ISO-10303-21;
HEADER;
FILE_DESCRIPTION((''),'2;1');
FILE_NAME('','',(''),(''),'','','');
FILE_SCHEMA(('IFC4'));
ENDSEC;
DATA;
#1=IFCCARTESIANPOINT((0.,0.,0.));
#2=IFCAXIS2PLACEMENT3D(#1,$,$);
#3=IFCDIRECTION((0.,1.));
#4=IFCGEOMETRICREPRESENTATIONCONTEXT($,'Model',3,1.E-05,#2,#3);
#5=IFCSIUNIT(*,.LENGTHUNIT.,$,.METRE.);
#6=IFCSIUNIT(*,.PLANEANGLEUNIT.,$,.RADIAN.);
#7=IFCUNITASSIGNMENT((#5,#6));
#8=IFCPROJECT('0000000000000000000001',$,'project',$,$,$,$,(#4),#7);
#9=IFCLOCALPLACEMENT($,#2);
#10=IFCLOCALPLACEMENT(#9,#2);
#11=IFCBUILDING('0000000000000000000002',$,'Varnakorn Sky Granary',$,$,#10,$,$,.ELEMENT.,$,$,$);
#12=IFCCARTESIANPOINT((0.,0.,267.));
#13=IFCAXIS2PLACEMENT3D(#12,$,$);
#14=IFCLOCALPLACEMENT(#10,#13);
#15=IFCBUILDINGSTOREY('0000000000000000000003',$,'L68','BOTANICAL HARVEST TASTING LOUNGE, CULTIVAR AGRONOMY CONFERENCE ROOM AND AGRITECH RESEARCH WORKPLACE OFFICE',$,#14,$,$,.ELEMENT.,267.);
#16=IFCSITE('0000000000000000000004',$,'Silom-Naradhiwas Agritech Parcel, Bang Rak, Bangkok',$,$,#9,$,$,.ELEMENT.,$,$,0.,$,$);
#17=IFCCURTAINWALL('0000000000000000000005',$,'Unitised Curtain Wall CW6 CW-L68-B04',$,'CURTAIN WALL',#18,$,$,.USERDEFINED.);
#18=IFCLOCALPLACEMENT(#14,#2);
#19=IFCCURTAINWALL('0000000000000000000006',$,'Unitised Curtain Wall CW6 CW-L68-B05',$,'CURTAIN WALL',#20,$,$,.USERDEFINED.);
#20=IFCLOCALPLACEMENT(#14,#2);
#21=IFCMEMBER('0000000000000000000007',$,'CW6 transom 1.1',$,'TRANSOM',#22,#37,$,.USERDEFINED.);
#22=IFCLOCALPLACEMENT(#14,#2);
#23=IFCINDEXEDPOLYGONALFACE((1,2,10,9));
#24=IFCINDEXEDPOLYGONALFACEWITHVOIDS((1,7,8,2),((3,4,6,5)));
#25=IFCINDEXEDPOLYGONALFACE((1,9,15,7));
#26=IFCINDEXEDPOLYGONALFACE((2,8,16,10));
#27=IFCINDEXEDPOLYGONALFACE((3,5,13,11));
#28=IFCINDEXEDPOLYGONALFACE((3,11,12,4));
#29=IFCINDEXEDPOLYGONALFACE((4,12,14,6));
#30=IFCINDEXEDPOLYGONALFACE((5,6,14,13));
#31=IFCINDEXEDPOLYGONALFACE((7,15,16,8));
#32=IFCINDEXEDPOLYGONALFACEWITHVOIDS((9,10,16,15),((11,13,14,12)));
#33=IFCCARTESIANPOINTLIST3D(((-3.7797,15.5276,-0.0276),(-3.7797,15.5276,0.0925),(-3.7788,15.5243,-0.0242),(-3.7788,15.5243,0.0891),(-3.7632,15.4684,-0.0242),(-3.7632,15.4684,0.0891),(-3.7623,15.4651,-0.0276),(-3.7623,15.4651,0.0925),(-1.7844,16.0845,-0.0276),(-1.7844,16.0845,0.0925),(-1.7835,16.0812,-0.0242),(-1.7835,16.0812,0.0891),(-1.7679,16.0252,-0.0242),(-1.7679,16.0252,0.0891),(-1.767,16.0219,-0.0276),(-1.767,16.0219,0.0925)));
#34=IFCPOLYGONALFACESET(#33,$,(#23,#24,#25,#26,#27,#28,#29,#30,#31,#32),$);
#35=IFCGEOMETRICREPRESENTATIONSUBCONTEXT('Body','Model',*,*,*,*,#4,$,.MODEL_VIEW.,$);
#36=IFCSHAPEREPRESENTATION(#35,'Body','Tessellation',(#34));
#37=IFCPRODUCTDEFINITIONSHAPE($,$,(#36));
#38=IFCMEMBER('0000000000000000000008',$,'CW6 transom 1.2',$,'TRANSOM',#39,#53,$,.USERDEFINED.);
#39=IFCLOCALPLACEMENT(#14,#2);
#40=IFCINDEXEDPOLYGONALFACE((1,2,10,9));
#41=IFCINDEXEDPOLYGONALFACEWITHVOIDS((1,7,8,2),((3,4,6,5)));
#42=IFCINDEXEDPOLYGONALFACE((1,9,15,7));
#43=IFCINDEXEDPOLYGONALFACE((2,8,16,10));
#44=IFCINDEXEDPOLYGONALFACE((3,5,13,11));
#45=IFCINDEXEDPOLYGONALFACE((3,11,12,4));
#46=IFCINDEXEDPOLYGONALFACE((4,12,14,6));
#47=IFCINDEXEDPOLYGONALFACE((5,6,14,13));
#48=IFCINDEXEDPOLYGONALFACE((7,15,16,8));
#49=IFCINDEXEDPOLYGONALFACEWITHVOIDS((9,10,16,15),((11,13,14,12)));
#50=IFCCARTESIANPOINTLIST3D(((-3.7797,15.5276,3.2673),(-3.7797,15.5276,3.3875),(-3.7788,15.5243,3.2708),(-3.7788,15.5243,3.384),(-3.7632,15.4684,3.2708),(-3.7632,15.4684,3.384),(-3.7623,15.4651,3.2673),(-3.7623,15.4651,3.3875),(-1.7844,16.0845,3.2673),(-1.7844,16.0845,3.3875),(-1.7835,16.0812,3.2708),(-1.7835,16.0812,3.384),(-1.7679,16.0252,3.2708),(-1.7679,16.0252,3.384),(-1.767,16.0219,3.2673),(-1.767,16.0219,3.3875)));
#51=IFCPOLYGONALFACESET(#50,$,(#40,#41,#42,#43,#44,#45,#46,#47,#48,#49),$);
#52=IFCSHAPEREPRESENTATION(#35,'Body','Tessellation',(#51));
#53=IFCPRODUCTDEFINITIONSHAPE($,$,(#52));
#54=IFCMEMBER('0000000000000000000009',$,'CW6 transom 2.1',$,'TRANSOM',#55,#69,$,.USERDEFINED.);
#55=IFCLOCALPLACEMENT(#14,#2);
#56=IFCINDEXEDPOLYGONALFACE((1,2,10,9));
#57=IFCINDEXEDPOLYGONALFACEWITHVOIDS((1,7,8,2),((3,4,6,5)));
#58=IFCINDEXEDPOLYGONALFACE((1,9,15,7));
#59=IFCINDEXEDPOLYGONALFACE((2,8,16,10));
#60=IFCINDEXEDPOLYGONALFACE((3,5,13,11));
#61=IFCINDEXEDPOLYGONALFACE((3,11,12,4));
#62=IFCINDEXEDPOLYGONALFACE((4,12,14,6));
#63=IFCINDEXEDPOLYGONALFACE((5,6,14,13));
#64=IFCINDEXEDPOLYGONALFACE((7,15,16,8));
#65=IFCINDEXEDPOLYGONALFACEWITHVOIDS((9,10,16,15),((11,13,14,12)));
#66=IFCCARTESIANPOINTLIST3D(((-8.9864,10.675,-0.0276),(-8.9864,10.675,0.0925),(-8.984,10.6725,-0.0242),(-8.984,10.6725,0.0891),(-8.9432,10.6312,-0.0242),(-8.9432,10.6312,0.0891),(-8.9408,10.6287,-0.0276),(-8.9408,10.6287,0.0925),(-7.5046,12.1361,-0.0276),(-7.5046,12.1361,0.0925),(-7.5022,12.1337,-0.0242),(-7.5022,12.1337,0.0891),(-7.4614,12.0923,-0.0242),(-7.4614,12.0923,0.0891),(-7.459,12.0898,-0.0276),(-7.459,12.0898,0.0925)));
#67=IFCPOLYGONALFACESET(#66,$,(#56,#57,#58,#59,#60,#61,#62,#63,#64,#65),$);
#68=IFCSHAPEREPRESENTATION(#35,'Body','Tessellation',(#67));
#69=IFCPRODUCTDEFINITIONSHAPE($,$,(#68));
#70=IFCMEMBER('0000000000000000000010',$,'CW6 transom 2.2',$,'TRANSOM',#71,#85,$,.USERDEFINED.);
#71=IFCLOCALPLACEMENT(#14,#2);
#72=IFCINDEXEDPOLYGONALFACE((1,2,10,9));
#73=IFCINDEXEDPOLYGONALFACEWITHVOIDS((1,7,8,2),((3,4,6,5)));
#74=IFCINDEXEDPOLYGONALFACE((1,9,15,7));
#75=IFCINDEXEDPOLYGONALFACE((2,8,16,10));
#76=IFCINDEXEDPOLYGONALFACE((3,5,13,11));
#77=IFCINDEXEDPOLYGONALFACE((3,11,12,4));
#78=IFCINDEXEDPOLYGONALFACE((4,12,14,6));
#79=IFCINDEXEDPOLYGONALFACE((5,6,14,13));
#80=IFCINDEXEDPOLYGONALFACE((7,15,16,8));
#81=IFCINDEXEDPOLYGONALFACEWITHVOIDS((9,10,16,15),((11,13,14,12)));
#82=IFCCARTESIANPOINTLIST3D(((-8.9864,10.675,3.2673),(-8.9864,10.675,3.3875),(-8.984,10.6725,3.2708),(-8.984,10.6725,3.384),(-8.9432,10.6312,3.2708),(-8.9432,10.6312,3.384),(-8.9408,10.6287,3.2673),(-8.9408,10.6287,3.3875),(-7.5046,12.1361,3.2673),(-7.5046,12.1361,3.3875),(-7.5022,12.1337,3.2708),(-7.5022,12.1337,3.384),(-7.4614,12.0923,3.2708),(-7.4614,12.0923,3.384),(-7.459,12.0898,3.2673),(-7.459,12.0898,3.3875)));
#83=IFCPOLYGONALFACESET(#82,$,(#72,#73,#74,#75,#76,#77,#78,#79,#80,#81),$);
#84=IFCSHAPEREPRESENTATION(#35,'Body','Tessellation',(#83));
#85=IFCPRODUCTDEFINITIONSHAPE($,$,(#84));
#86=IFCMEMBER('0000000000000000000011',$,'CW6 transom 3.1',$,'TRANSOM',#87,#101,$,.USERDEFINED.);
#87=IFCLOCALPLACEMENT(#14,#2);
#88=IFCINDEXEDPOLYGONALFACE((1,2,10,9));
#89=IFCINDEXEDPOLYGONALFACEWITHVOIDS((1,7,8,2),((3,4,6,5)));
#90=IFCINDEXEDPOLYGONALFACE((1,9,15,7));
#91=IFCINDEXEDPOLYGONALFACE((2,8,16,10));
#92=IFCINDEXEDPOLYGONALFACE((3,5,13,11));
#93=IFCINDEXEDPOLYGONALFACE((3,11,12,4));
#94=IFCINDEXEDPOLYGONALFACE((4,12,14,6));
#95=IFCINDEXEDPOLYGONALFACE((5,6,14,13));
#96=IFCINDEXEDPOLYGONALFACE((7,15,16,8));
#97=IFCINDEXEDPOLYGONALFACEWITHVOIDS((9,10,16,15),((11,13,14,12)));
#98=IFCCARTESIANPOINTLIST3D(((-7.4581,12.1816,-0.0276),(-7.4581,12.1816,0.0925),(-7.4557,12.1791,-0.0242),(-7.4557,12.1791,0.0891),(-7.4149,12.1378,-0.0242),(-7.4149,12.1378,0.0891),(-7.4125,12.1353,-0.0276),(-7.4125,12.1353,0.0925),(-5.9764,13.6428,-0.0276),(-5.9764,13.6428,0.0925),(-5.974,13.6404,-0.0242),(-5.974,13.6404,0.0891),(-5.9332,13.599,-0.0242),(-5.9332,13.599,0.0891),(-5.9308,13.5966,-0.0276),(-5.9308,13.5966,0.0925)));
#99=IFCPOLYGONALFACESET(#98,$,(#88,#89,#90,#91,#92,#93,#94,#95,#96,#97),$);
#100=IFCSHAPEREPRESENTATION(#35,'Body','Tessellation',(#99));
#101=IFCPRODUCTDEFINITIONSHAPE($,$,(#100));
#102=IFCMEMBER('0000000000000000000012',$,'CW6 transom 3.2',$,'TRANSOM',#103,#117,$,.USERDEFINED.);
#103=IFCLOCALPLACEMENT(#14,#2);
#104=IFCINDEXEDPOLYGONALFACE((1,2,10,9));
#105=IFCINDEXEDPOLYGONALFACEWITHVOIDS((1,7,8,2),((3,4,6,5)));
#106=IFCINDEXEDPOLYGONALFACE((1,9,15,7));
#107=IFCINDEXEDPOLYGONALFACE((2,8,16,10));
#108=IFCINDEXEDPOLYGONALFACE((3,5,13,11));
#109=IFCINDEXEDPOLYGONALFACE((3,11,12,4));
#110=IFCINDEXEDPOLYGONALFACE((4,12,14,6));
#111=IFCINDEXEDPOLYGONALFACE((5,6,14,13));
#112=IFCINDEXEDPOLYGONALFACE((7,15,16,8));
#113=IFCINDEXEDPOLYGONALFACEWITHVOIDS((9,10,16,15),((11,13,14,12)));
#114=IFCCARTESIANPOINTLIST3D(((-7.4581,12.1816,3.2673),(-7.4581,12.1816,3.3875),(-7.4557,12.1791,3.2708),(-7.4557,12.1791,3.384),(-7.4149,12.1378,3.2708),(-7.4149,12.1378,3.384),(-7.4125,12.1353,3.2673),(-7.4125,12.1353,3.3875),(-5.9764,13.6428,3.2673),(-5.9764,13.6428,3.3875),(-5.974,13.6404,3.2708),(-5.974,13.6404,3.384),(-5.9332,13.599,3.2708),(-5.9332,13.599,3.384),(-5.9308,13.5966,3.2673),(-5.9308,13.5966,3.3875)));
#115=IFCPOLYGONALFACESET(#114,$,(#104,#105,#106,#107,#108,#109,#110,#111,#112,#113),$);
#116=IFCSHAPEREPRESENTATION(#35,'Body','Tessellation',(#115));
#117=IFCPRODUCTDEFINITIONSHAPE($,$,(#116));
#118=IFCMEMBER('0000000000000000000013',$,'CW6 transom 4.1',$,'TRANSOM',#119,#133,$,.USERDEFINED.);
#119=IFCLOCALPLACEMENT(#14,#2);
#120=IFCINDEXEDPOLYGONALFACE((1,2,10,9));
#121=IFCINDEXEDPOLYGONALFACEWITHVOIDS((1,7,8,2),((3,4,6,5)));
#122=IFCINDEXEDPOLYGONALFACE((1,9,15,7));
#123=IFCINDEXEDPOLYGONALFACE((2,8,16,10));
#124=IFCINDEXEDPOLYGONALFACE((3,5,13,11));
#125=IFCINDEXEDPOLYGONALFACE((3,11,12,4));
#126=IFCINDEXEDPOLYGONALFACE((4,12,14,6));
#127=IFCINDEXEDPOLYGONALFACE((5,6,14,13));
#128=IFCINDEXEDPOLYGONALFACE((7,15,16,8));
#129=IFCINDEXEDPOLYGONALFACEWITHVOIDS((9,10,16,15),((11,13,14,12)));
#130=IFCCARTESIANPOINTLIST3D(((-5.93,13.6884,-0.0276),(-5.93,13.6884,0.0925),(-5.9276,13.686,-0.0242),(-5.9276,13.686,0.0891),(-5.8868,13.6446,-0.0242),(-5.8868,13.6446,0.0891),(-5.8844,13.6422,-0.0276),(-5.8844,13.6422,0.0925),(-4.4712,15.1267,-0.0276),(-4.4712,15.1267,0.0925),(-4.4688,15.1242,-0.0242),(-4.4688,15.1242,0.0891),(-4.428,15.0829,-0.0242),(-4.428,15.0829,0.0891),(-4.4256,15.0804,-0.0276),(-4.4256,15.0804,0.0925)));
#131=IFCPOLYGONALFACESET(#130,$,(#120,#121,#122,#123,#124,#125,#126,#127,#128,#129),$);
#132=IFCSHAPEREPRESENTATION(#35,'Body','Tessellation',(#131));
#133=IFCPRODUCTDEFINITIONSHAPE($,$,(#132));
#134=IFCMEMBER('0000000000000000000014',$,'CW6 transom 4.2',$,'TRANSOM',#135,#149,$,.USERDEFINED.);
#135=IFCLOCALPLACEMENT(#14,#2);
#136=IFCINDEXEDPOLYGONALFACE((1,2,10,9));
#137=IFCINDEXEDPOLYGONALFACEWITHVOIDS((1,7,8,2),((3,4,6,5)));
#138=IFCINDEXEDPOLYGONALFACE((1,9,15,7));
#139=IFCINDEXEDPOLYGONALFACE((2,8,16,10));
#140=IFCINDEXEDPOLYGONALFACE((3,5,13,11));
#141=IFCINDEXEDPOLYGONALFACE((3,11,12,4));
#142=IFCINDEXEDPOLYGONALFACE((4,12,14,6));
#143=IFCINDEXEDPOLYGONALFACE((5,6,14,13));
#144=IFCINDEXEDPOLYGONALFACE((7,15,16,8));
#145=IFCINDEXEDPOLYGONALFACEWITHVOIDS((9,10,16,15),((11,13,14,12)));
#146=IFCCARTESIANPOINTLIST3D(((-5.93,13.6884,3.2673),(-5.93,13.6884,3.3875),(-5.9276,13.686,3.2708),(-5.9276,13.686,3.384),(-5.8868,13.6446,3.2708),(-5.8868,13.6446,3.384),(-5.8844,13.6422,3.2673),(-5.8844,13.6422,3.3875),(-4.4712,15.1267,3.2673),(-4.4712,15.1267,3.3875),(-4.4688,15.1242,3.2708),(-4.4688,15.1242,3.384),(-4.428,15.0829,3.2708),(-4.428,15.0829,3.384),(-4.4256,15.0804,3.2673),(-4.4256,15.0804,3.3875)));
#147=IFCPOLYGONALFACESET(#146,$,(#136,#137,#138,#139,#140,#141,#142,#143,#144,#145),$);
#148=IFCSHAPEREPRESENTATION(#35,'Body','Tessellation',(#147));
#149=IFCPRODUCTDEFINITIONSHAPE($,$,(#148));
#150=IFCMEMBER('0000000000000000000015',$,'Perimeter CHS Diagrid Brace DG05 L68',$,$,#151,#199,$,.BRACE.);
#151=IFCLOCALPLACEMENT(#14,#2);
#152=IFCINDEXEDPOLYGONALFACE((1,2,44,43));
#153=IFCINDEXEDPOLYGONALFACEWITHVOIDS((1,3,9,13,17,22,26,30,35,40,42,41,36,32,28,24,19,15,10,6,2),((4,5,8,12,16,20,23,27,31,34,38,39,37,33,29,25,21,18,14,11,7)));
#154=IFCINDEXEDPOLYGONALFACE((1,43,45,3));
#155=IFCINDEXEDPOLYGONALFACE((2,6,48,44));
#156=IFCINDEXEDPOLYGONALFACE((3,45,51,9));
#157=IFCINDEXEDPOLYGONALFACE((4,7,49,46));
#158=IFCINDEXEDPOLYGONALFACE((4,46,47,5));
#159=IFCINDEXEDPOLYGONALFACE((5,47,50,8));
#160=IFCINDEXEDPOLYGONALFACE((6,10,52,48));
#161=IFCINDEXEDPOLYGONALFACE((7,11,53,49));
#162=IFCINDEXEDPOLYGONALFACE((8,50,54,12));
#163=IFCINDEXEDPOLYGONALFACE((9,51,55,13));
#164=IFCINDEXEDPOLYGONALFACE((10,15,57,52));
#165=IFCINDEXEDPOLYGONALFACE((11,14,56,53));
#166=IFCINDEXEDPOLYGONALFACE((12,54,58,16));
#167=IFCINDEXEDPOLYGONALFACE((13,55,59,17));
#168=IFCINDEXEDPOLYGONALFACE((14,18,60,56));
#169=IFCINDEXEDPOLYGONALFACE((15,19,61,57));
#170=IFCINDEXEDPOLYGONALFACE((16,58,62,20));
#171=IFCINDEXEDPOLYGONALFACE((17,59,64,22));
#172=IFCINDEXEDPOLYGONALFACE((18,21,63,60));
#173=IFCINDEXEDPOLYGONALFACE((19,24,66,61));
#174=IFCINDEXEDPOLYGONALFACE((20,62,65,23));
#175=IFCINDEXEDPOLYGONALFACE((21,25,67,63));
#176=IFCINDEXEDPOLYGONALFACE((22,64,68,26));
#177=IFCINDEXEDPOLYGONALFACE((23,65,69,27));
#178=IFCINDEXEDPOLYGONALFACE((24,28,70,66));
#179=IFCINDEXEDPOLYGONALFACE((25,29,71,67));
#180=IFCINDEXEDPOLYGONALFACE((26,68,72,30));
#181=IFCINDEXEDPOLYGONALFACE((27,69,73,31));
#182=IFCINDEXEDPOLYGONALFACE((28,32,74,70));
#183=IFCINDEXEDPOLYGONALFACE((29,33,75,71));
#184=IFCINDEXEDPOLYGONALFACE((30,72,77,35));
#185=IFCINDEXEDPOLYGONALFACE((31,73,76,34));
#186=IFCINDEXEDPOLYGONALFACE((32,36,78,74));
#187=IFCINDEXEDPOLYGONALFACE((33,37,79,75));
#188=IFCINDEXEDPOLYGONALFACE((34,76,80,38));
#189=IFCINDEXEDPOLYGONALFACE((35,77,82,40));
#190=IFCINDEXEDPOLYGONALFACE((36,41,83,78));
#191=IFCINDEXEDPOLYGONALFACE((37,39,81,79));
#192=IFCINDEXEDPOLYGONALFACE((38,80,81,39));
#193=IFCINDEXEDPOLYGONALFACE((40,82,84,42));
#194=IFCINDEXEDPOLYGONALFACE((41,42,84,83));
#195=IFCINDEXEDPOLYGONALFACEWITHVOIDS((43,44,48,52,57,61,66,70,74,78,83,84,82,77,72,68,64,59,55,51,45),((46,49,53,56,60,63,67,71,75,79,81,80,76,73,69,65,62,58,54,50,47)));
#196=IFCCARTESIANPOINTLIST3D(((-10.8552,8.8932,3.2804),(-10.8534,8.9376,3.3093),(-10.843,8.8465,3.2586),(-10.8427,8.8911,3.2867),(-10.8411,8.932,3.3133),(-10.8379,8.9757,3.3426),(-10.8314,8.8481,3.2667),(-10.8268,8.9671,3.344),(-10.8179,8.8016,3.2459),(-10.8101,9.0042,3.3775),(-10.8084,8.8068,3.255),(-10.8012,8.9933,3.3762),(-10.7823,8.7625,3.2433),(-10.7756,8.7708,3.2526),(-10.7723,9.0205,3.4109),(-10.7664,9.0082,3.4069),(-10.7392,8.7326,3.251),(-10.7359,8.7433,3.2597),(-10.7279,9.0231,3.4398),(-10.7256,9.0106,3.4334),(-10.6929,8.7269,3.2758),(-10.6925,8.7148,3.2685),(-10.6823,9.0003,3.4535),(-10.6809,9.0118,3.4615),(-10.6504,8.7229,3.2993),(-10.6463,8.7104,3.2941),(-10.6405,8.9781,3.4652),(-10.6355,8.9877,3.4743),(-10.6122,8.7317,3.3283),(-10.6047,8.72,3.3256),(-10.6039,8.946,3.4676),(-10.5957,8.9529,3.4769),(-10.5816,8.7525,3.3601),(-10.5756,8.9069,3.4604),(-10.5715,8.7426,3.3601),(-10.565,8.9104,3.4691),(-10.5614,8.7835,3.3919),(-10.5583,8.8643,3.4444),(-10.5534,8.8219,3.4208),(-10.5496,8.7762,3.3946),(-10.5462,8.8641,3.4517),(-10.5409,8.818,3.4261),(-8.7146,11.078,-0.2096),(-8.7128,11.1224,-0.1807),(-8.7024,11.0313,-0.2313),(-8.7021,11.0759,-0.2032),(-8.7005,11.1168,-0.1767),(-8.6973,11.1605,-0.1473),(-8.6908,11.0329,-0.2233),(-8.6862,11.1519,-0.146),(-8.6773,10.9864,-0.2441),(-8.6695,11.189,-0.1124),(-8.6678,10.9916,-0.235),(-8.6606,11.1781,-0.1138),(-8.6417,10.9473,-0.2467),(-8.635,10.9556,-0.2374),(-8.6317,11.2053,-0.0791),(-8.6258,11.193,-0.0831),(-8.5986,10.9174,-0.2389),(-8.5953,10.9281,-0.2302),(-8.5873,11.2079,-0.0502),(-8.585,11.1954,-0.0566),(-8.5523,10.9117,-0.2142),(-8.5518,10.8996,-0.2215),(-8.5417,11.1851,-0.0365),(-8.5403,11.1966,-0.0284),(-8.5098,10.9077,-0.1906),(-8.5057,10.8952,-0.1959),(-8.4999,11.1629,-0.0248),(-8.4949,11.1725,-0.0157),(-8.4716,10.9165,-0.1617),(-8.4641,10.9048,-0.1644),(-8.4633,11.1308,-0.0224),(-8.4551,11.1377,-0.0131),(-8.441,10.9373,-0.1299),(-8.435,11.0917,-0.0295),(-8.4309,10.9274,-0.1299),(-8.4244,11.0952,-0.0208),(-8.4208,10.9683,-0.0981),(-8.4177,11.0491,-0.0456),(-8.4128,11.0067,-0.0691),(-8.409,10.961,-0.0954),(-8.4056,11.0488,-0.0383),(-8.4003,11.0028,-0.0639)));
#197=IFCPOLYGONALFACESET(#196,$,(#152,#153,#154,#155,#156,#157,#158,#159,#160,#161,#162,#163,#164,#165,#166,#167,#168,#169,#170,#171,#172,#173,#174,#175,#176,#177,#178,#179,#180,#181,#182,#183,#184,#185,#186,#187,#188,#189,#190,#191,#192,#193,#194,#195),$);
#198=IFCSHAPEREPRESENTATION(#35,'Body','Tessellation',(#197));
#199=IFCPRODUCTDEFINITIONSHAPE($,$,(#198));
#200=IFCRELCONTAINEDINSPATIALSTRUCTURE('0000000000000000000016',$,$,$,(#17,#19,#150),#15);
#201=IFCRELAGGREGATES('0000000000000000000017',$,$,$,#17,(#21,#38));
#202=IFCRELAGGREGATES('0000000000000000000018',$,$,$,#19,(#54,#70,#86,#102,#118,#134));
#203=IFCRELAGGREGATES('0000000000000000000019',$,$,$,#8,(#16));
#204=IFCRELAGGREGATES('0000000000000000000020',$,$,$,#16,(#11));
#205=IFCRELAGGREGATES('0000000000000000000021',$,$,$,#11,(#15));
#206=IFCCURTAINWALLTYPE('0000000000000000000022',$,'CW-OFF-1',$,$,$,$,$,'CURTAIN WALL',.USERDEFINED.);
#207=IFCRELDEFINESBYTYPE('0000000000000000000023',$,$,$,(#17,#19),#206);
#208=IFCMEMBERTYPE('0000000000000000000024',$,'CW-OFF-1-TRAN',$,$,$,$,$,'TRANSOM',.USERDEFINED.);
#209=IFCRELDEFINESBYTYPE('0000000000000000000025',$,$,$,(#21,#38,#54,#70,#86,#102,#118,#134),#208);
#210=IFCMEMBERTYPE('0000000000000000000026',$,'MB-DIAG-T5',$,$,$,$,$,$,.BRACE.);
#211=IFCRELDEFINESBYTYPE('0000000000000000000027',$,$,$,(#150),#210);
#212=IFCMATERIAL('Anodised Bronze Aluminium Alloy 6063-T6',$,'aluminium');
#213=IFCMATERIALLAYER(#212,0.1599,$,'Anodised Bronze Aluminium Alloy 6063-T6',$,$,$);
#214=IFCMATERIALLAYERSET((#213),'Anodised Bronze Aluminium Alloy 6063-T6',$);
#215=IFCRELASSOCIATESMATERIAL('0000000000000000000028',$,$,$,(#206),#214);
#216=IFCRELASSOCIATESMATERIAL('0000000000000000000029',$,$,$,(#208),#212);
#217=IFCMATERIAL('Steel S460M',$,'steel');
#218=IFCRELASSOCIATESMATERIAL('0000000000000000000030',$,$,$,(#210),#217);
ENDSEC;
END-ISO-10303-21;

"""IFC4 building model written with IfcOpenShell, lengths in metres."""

from ifc_helpers import new_model, si_unit, direction, frame, origin, origin_2d, place, context, subcontext, project, spatial, hollow_rectangle, hollow_circle, extrude, material, layer, layer_set, material_profile, profile_set, type_object, element, aggregate, save


model = new_model("IFC4")

# Units and contexts
model_context = context("Model", 3, precision=1e-05, world=origin(), true_north=direction((0.0, 1.0)))
body_context = subcontext(model_context, "Body", "Model", "MODEL_VIEW")
ifc_project = project(units=[si_unit("LENGTHUNIT", "METRE"), si_unit("PLANEANGLEUNIT", "RADIAN")], contexts=[model_context])

# Site, building, storey
site_placement = place(None, origin())
site = spatial("IfcSite", under=ifc_project, at=site_placement, Name="Silom-Naradhiwas Agritech Parcel, Bang Rak, Bangkok", CompositionType="ELEMENT", RefElevation=0.0)
building_placement = place(site_placement, origin())
building = spatial("IfcBuilding", under=site, at=building_placement, Name="Varnakorn Sky Granary", CompositionType="ELEMENT")
storey_placement = place(building_placement, frame((0.0, 0.0, 267.0)))
storey = spatial("IfcBuildingStorey", under=building, at=storey_placement, Name="L68", Description="BOTANICAL HARVEST TASTING LOUNGE, CULTIVAR AGRONOMY CONFERENCE ROOM AND AGRITECH RESEARCH WORKPLACE OFFICE", CompositionType="ELEMENT", Elevation=267.0)

# Shared definitions
ifc_material_1 = material(Name="Steel S460M", Category="steel")

# Curtain wall
ifc_material_2 = material(Name="Anodised Bronze Aluminium Alloy 6063-T6", Category="aluminium")
ifc_layer_1 = layer(ifc_material_2, 0.1599, Name="Anodised Bronze Aluminium Alloy 6063-T6")
ifc_layer_set_1 = layer_set([ifc_layer_1], Name="Anodised Bronze Aluminium Alloy 6063-T6")
curtain_wall_type = type_object("IfcCurtainWallType", Name="CW-OFF-1", ElementType="CURTAIN WALL", PredefinedType="USERDEFINED", material=ifc_layer_set_1)
curtain_wall_1_placement = place(storey_placement, origin())
curtain_wall_1 = element("IfcCurtainWall", 1, at=curtain_wall_1_placement, inside=storey, type_object=curtain_wall_type, Name="Unitised Curtain Wall CW6 CW-L68-B04", ObjectType="CURTAIN WALL", PredefinedType="USERDEFINED")

# Curtain wall
curtain_wall_2_placement = place(storey_placement, origin())
curtain_wall_2 = element("IfcCurtainWall", 2, at=curtain_wall_2_placement, inside=storey, type_object=curtain_wall_type, Name="Unitised Curtain Wall CW6 CW-L68-B05", ObjectType="CURTAIN WALL", PredefinedType="USERDEFINED")

# Members
ifc_material_profile_1 = material_profile(ifc_material_2, hollow_rectangle(XDim=0.0649, YDim=0.1201, WallThickness=0.0034, at=origin_2d()), Name="ALU TRAN 65x120")
ifc_profile_set_1 = profile_set([ifc_material_profile_1], Name="Anodised Bronze Aluminium Alloy 6063-T6")
member_type_1 = type_object("IfcMemberType", Name="CW-OFF-1-TRAN", ElementType="TRANSOM", PredefinedType="USERDEFINED", material=ifc_profile_set_1)
member_1_placement = place(storey_placement, frame((-3.771, 15.4963, 0.0325), z_axis=(0.963191, 0.268817, 0.0), x_axis=(-0.268817, 0.963191, 0.0)))
member_1 = element("IfcMember", 3, at=member_1_placement, type_object=member_type_1, Name="CW6 transom 1.1", ObjectType="TRANSOM", PredefinedType="USERDEFINED", context=body_context, shape_type="SweptSolid", body=[
    extrude(hollow_rectangle(XDim=0.0649, YDim=0.1201, WallThickness=0.0034, at=origin_2d()), origin(), (0.0, 0.0, 1.0), 2.0715),
])
member_2_placement = place(storey_placement, frame((-3.771, 15.4963, 3.3274), z_axis=(0.963191, 0.268817, 0.0), x_axis=(-0.268817, 0.963191, 0.0)))
member_2 = element("IfcMember", 4, at=member_2_placement, type_object=member_type_1, Name="CW6 transom 1.2", ObjectType="TRANSOM", PredefinedType="USERDEFINED", context=body_context, shape_type="SweptSolid", body=[
    extrude(hollow_rectangle(XDim=0.0649, YDim=0.1201, WallThickness=0.0034, at=origin_2d()), origin(), (0.0, 0.0, 1.0), 2.0715),
])
member_3_placement = place(storey_placement, frame((-8.9636, 10.6519, 0.0325), z_axis=(0.712075, 0.702104, 0.0), x_axis=(-0.702104, 0.712075, 0.0)))
member_3 = element("IfcMember", 5, at=member_3_placement, type_object=member_type_1, Name="CW6 transom 2.1", ObjectType="TRANSOM", PredefinedType="USERDEFINED", context=body_context, shape_type="SweptSolid", body=[
    extrude(hollow_rectangle(XDim=0.0649, YDim=0.1201, WallThickness=0.0034, at=origin_2d()), origin(), (0.0, 0.0, 1.0), 2.0811),
])
member_4_placement = place(storey_placement, frame((-8.9636, 10.6519, 3.3274), z_axis=(0.712075, 0.702104, 0.0), x_axis=(-0.702104, 0.712075, 0.0)))
member_4 = element("IfcMember", 6, at=member_4_placement, type_object=member_type_1, Name="CW6 transom 2.2", ObjectType="TRANSOM", PredefinedType="USERDEFINED", context=body_context, shape_type="SweptSolid", body=[
    extrude(hollow_rectangle(XDim=0.0649, YDim=0.1201, WallThickness=0.0034, at=origin_2d()), origin(), (0.0, 0.0, 1.0), 2.0811),
])
member_5_placement = place(storey_placement, frame((-7.4353, 12.1584, 0.0325), z_axis=(0.712017, 0.702162, 0.0), x_axis=(-0.702162, 0.712017, 0.0)))
member_5 = element("IfcMember", 7, at=member_5_placement, type_object=member_type_1, Name="CW6 transom 3.1", ObjectType="TRANSOM", PredefinedType="USERDEFINED", context=body_context, shape_type="SweptSolid", body=[
    extrude(hollow_rectangle(XDim=0.0649, YDim=0.1201, WallThickness=0.0034, at=origin_2d()), origin(), (0.0, 0.0, 1.0), 2.0811),
])
member_6_placement = place(storey_placement, frame((-7.4353, 12.1584, 3.3274), z_axis=(0.712017, 0.702162, 0.0), x_axis=(-0.702162, 0.712017, 0.0)))
member_6 = element("IfcMember", 8, at=member_6_placement, type_object=member_type_1, Name="CW6 transom 3.2", ObjectType="TRANSOM", PredefinedType="USERDEFINED", context=body_context, shape_type="SweptSolid", body=[
    extrude(hollow_rectangle(XDim=0.0649, YDim=0.1201, WallThickness=0.0034, at=origin_2d()), origin(), (0.0, 0.0, 1.0), 2.0811),
])
member_7_placement = place(storey_placement, frame((-5.9072, 13.6653, 0.0325), z_axis=(0.712095, 0.702084, 0.0), x_axis=(-0.702084, 0.712095, 0.0)))
member_7 = element("IfcMember", 9, at=member_7_placement, type_object=member_type_1, Name="CW6 transom 4.1", ObjectType="TRANSOM", PredefinedType="USERDEFINED", context=body_context, shape_type="SweptSolid", body=[
    extrude(hollow_rectangle(XDim=0.0649, YDim=0.1201, WallThickness=0.0034, at=origin_2d()), origin(), (0.0, 0.0, 1.0), 2.0486),
])
member_8_placement = place(storey_placement, frame((-5.9072, 13.6653, 3.3274), z_axis=(0.712095, 0.702084, 0.0), x_axis=(-0.702084, 0.712095, 0.0)))
member_8 = element("IfcMember", 10, at=member_8_placement, type_object=member_type_1, Name="CW6 transom 4.2", ObjectType="TRANSOM", PredefinedType="USERDEFINED", context=body_context, shape_type="SweptSolid", body=[
    extrude(hollow_rectangle(XDim=0.0649, YDim=0.1201, WallThickness=0.0034, at=origin_2d()), origin(), (0.0, 0.0, 1.0), 2.0486),
])
ifc_material_profile_2 = material_profile(ifc_material_1, hollow_circle(Radius=0.1777, WallThickness=0.0142, at=origin_2d()), Name="CHS 355.6x14")
ifc_profile_set_2 = profile_set([ifc_material_profile_2], Name="Steel S460M")
member_type_2 = type_object("IfcMemberType", Name="MB-DIAG-T5", PredefinedType="BRACE", material=ifc_profile_set_2)
member_9_placement = place(storey_placement, frame((-8.5579, 11.0518, -0.1299), z_axis=(-0.461276, -0.470798, 0.752046), x_axis=(0.714293, -0.699846, 0.0)))
element("IfcMember", 11, at=member_9_placement, inside=storey, type_object=member_type_2, Name="Perimeter CHS Diagrid Brace DG05 L68", PredefinedType="BRACE", context=body_context, shape_type="SweptSolid", body=[
    extrude(hollow_circle(Radius=0.1777, WallThickness=0.0142, at=origin_2d()), origin(), (0.0, 0.0, 1.0), 4.6406),
])

aggregate(curtain_wall_1, [member_1, member_2])
aggregate(curtain_wall_2, [member_3, member_4, member_5, member_6, member_7, member_8])

save(model, "model.ifc")
